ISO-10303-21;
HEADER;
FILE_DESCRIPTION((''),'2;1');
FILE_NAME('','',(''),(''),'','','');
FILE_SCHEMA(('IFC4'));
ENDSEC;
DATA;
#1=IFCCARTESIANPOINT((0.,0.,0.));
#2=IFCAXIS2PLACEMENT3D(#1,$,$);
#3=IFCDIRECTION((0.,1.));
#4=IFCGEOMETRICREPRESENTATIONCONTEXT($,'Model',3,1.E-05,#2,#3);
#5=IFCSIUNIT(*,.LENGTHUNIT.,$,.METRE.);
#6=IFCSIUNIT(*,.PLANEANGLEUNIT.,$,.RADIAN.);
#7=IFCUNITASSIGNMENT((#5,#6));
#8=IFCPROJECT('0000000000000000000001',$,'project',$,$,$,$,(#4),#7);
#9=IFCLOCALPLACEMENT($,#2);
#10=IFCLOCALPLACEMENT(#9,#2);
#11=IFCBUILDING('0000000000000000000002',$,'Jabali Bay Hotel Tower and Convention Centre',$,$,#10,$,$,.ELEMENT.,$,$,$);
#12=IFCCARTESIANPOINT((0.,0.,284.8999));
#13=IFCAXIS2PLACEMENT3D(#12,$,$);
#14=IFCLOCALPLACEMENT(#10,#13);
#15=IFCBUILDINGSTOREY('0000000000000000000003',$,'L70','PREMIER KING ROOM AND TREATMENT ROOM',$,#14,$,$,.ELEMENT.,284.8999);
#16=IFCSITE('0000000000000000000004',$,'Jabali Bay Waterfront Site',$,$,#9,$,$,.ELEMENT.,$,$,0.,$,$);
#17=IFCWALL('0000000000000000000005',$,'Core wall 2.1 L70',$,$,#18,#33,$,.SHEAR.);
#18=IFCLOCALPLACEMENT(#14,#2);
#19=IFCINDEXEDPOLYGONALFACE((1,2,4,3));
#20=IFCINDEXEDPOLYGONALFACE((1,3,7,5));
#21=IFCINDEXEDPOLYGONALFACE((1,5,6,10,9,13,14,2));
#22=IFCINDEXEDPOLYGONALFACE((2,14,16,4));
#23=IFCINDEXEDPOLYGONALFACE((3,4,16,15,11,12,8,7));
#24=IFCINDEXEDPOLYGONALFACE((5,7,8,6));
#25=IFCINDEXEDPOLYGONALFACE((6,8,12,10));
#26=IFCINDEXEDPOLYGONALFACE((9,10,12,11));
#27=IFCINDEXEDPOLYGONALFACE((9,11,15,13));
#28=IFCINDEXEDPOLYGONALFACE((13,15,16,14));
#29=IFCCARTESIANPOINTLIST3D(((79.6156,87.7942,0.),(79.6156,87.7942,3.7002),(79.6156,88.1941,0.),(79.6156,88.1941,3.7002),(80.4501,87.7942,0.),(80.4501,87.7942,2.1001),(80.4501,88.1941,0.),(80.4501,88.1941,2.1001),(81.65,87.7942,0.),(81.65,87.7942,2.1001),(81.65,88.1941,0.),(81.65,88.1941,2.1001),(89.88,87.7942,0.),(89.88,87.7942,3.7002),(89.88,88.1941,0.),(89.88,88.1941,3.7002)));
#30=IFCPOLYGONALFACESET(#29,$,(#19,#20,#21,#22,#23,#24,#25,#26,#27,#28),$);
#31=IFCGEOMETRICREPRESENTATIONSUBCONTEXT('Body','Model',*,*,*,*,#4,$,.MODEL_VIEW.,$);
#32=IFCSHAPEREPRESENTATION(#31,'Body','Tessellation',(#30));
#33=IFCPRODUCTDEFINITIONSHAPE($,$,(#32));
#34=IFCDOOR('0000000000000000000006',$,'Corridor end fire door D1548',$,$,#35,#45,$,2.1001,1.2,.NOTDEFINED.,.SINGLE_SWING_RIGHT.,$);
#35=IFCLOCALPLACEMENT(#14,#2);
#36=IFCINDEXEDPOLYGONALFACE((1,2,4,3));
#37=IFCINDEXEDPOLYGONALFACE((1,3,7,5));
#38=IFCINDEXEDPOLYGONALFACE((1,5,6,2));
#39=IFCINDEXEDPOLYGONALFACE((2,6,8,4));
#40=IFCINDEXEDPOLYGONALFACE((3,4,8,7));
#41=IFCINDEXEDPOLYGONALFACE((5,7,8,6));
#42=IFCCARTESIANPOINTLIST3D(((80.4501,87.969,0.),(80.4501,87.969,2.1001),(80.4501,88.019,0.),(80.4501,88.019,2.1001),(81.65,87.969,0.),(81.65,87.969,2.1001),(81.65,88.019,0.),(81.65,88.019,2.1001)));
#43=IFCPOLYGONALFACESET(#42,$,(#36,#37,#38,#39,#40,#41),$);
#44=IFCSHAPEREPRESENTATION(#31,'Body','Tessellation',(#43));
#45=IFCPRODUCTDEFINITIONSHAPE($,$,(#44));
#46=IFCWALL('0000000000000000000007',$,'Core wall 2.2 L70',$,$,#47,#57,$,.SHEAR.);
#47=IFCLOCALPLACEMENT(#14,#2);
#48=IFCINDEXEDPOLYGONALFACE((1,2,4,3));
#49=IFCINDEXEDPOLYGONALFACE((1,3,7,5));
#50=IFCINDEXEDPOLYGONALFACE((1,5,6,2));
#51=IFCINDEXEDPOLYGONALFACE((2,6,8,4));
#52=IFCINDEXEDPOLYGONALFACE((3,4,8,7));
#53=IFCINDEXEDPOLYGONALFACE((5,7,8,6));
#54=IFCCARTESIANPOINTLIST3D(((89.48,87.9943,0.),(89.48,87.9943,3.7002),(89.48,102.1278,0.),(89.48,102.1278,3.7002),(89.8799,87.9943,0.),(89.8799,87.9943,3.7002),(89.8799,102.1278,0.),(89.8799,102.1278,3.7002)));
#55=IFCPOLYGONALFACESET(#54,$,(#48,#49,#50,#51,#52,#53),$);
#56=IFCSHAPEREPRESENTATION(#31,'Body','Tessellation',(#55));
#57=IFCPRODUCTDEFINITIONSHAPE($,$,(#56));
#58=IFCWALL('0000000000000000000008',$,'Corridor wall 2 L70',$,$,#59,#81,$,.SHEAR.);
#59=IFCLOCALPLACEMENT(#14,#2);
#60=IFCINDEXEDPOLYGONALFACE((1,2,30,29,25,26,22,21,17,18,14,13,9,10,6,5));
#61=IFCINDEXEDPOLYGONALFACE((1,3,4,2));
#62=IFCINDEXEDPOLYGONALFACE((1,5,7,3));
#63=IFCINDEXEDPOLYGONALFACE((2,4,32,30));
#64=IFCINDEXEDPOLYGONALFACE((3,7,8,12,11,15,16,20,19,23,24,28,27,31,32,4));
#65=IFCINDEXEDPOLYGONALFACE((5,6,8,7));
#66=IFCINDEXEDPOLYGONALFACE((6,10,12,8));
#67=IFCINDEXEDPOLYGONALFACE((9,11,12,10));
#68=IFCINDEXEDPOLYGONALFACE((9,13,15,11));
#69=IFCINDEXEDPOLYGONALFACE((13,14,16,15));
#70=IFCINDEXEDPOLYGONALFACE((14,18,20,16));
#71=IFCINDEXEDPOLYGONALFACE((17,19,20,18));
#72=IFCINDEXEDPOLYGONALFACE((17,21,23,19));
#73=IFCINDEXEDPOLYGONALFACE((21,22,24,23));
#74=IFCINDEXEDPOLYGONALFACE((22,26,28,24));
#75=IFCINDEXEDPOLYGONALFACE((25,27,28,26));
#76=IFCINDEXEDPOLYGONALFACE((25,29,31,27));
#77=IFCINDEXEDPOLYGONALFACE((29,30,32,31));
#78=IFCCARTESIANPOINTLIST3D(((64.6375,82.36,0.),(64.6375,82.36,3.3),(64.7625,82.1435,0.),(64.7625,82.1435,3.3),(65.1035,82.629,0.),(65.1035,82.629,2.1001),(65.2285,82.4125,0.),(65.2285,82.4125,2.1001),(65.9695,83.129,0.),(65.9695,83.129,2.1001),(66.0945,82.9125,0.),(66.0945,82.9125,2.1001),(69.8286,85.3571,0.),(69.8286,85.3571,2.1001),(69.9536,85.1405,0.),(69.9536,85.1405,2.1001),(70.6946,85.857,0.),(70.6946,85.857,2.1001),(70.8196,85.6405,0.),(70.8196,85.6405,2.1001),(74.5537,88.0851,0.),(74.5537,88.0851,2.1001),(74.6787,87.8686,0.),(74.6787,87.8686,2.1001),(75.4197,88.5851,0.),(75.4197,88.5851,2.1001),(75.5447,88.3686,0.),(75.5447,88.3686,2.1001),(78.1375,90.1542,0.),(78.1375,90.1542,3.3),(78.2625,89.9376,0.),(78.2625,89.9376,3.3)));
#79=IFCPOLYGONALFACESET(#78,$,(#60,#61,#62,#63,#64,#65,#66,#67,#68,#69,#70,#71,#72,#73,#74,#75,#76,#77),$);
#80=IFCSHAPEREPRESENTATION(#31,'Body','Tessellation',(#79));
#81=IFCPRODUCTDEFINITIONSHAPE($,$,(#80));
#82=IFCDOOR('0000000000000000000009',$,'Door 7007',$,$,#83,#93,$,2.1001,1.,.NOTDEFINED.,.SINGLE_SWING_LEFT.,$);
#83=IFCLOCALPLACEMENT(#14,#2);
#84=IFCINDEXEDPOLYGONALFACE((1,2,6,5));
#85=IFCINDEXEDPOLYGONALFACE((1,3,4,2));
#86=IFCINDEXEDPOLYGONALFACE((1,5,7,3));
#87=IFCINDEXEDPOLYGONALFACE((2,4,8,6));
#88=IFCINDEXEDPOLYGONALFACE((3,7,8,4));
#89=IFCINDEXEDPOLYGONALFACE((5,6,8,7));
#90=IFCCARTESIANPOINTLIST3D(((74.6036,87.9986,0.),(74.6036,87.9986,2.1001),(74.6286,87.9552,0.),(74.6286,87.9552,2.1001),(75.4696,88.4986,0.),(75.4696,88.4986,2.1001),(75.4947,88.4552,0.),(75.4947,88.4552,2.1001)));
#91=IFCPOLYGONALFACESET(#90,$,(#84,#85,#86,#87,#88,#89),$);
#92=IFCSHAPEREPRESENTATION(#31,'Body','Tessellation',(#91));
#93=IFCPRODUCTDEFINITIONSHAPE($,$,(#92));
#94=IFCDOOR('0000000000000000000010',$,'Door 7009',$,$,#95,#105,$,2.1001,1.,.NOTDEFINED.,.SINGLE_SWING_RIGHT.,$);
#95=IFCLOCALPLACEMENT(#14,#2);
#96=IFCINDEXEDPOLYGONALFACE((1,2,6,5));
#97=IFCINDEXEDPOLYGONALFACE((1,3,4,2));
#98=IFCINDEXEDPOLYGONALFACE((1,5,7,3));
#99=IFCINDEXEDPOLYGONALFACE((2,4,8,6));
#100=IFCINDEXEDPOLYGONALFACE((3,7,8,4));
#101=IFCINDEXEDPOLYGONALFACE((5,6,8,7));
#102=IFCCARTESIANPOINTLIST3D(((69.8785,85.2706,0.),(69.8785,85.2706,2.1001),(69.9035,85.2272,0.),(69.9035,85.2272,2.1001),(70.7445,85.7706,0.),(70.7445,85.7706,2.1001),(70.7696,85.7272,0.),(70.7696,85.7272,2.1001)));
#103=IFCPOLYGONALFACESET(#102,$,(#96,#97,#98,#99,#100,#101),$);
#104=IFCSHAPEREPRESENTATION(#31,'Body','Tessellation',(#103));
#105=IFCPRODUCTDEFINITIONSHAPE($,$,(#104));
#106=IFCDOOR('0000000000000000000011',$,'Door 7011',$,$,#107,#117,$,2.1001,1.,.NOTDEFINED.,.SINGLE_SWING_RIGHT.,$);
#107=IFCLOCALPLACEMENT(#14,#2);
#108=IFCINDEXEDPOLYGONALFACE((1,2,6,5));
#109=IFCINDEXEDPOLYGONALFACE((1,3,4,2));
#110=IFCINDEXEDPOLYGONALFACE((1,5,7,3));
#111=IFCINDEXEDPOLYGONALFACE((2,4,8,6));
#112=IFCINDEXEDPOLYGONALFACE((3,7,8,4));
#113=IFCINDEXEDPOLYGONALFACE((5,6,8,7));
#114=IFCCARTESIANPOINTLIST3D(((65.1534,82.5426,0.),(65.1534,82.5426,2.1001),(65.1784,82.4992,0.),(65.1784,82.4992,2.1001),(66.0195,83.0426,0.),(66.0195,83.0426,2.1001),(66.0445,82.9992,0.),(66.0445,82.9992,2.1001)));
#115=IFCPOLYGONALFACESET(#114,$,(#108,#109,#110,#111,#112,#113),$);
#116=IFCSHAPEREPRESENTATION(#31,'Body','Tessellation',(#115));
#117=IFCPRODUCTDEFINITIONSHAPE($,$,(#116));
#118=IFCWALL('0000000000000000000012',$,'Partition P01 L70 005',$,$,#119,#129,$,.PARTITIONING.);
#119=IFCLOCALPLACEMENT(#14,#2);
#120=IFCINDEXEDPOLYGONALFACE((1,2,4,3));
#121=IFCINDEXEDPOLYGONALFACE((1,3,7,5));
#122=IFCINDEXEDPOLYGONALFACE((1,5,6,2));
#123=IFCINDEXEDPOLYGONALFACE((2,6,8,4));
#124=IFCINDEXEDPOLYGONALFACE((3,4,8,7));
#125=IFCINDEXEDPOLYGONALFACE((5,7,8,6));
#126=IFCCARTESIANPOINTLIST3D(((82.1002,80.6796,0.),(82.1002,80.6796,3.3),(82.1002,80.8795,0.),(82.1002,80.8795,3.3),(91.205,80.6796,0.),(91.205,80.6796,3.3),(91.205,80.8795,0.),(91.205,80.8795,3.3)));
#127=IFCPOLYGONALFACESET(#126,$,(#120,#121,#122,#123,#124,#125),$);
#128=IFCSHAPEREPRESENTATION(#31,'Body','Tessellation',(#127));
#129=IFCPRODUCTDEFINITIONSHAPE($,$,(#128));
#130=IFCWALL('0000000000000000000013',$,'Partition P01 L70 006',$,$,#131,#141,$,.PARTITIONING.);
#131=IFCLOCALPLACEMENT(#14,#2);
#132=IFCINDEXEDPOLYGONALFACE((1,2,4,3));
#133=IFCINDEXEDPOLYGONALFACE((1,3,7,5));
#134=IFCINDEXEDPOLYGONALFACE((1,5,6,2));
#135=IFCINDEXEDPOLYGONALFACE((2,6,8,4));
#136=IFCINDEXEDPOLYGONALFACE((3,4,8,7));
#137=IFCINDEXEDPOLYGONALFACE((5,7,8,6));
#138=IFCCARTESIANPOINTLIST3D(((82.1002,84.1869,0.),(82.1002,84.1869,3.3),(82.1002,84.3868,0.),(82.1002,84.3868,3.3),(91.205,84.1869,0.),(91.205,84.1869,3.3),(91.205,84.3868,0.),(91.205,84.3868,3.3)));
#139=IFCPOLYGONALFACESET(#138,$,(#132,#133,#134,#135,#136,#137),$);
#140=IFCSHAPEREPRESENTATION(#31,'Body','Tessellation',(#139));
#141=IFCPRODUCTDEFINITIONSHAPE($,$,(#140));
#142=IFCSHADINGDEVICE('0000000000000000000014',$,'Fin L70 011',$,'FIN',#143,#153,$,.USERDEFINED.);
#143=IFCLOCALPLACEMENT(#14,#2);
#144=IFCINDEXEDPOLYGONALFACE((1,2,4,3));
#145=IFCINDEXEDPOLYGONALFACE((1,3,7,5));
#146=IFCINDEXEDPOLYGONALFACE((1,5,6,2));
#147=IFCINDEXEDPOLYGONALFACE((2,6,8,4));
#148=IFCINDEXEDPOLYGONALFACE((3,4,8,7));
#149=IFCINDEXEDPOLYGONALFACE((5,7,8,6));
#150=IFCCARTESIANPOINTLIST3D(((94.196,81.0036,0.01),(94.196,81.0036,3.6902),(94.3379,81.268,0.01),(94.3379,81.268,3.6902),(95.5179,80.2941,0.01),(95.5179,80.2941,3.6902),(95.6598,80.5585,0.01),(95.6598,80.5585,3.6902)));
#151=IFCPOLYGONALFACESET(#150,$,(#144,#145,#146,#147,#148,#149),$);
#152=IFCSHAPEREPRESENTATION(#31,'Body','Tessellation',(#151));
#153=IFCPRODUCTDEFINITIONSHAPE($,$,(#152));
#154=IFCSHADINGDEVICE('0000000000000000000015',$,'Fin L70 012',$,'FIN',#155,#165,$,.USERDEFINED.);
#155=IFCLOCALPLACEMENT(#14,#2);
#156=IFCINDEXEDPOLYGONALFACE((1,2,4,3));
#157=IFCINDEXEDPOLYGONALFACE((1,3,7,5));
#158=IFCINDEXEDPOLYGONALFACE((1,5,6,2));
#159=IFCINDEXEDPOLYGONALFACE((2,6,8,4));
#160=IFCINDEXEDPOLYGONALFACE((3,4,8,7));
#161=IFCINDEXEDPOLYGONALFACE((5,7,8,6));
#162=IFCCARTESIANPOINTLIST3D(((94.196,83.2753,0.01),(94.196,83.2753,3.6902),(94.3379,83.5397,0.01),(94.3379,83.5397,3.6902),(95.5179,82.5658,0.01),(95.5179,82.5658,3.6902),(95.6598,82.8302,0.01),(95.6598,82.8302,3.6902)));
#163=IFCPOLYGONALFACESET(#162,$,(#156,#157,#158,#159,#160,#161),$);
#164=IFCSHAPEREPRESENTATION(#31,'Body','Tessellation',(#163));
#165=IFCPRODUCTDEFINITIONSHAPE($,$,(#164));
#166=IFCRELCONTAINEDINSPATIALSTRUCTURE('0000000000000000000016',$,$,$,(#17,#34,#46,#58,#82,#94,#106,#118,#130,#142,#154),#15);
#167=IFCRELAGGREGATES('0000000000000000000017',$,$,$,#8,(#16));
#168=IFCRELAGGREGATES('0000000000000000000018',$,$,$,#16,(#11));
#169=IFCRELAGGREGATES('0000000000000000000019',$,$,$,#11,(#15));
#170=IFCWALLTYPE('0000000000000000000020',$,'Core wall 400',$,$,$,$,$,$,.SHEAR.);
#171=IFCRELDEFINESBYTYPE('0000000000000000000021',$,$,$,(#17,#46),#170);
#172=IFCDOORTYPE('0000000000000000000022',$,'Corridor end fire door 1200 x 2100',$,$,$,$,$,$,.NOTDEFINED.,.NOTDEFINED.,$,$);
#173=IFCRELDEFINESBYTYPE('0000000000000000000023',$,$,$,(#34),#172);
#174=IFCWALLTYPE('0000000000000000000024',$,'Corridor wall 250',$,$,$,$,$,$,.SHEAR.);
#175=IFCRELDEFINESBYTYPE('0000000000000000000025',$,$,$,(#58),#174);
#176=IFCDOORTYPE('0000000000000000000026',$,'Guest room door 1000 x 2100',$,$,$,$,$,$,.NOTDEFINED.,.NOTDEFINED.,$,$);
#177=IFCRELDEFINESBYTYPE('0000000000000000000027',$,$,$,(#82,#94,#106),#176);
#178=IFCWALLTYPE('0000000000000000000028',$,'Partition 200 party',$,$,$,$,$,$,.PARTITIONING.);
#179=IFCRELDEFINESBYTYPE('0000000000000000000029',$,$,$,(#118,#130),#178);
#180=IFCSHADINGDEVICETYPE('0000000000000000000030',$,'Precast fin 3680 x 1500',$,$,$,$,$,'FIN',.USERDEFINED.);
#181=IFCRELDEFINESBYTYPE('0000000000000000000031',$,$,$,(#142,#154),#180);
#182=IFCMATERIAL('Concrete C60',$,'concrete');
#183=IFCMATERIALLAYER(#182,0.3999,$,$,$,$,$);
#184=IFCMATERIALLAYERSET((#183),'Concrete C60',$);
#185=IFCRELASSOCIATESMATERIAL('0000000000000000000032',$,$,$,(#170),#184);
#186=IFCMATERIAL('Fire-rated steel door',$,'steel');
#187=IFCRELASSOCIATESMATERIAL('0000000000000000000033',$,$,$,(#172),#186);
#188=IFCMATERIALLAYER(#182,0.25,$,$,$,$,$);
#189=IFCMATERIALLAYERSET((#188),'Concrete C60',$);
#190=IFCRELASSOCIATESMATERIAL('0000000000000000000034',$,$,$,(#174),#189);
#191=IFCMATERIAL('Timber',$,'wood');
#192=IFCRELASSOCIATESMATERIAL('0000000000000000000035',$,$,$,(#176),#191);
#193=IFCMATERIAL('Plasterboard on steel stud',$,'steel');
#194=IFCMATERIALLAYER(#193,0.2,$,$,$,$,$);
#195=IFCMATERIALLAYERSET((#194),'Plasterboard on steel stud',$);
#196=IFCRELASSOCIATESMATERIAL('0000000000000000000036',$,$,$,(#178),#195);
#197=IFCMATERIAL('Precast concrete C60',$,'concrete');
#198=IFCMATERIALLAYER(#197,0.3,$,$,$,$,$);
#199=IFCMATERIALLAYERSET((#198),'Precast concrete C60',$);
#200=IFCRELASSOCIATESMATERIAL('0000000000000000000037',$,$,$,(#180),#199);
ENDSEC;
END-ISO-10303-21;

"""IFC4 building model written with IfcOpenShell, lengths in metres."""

from ifc_helpers import new_model, si_unit, direction, frame, frame_2d, origin, place, context, subcontext, project, spatial, rectangle, extrude, material, layer, layer_set, type_object, element, fill, save


model = new_model("IFC4")

# Units and contexts
model_context = context("Model", 3, precision=1e-05, world=origin(), true_north=direction((0.0, 1.0)))
body_context = subcontext(model_context, "Body", "Model", "MODEL_VIEW")
ifc_project = project(units=[si_unit("LENGTHUNIT", "METRE"), si_unit("PLANEANGLEUNIT", "RADIAN")], contexts=[model_context])

# Site, building, storey
site_placement = place(None, origin())
site = spatial("IfcSite", under=ifc_project, at=site_placement, Name="Jabali Bay Waterfront Site", CompositionType="ELEMENT", RefElevation=0.0)
building_placement = place(site_placement, origin())
building = spatial("IfcBuilding", under=site, at=building_placement, Name="Jabali Bay Hotel Tower and Convention Centre", CompositionType="ELEMENT")
storey_placement = place(building_placement, frame((0.0, 0.0, 284.8999)))
storey = spatial("IfcBuildingStorey", under=building, at=storey_placement, Name="L70", Description="PREMIER KING ROOM AND TREATMENT ROOM", CompositionType="ELEMENT", Elevation=284.8999)

# Shared definitions
ifc_material_1 = material(Name="Concrete C60", Category="concrete")

# Shared definitions
ifc_material_2 = material(Name="Fire-rated steel door", Category="steel")

# Wall, opening, door
ifc_layer_1 = layer(ifc_material_1, 0.3999)
ifc_layer_set_1 = layer_set([ifc_layer_1], Name="Concrete C60")
wall_type_1 = type_object("IfcWallType", Name="Core wall 400", PredefinedType="SHEAR", material=ifc_layer_set_1)
wall_1_placement = place(storey_placement, frame((79.6155, 87.9941, 0.0), z_axis=(0.0, 0.0, 1.0), x_axis=(1.0, 0.0, 0.0)))
wall_1 = element("IfcWall", 1, at=wall_1_placement, inside=storey, type_object=wall_type_1, Name="Core wall 2.1 L70", PredefinedType="SHEAR", context=body_context, shape_type="SweptSolid", body=[
    extrude(rectangle(XDim=10.2644, YDim=0.3999, at=frame_2d((5.1323, 0.0))), origin(), (0.0, 0.0, 1.0), 3.7002),
])
opening_1_placement = place(wall_1_placement, frame((0.8345, 0.0, 0.0)))
opening_1 = element("IfcOpeningElement", 2, at=opening_1_placement, cuts=wall_1, PredefinedType="OPENING", context=body_context, shape_type="SweptSolid", body=[
    extrude(rectangle(XDim=1.2, YDim=2.1001, at=frame_2d((0.6001, 1.05))), frame((0.0, 0.2104, 0.0), z_axis=(0.0, -1.0, 0.0), x_axis=(1.0, 0.0, 0.0)), (0.0, 0.0, 1.0), 0.4209),
])
door_type_1 = type_object("IfcDoorType", Name="Corridor end fire door 1200 x 2100", OperationType="NOTDEFINED", PredefinedType="NOTDEFINED", material=ifc_material_2)
door_1_placement = place(opening_1_placement, origin())
door_1 = element("IfcDoor", 3, at=door_1_placement, inside=storey, type_object=door_type_1, Name="Corridor end fire door D1548", OperationType="SINGLE_SWING_RIGHT", OverallHeight=2.1001, OverallWidth=1.2, PredefinedType="NOTDEFINED", context=body_context, shape_type="SweptSolid", body=[
    extrude(rectangle(XDim=1.2, YDim=2.1001, at=frame_2d((0.6001, 1.05))), frame((0.0, 0.0249, 0.0), z_axis=(0.0, -1.0, 0.0), x_axis=(1.0, 0.0, 0.0)), (0.0, 0.0, 1.0), 0.05),
])
fill(opening_1, door_1)

# Wall
wall_2_placement = place(storey_placement, frame((89.6799, 87.9941, 0.0), z_axis=(0.0, 0.0, 1.0), x_axis=(0.0, 1.0, 0.0)))
element("IfcWall", 4, at=wall_2_placement, inside=storey, type_object=wall_type_1, Name="Core wall 2.2 L70", PredefinedType="SHEAR", context=body_context, shape_type="SweptSolid", body=[
    extrude(rectangle(XDim=14.1335, YDim=0.3999, at=frame_2d((7.0669, 0.0))), origin(), (0.0, 0.0, 1.0), 3.7002),
])

# Wall, openings, doors
ifc_layer_2 = layer(ifc_material_1, 0.25)
ifc_layer_set_2 = layer_set([ifc_layer_2], Name="Concrete C60")
wall_type_2 = type_object("IfcWallType", Name="Corridor wall 250", PredefinedType="SHEAR", material=ifc_layer_set_2)
wall_3_placement = place(storey_placement, frame((78.2, 90.0459, 0.0), z_axis=(0.0, 0.0, 1.0), x_axis=(-0.866026, -0.499998, 0.0)))
wall_3 = element("IfcWall", 5, at=wall_3_placement, inside=storey, type_object=wall_type_2, Name="Corridor wall 2 L70", PredefinedType="SHEAR", context=body_context, shape_type="SweptSolid", body=[
    extrude(rectangle(XDim=15.5884, YDim=0.25, at=frame_2d((7.7942, 0.0))), origin(), (0.0, 0.0, 1.0), 3.3),
])
opening_2_placement = place(wall_3_placement, frame((3.1382, 0.0, 0.0)))
opening_2 = element("IfcOpeningElement", 6, at=opening_2_placement, cuts=wall_3, PredefinedType="OPENING", context=body_context, shape_type="SweptSolid", body=[
    extrude(rectangle(XDim=1.0, YDim=2.1001, at=frame_2d((0.5, 1.05))), frame((0.0, 0.1355, 0.0), z_axis=(0.0, -1.0, 0.0), x_axis=(1.0, 0.0, 0.0)), (0.0, 0.0, 1.0), 0.271),
])
opening_3_placement = place(wall_3_placement, frame((8.5942, 0.0, 0.0)))
opening_3 = element("IfcOpeningElement", 7, at=opening_3_placement, cuts=wall_3, PredefinedType="OPENING", context=body_context, shape_type="SweptSolid", body=[
    extrude(rectangle(XDim=1.0, YDim=2.1001, at=frame_2d((0.5, 1.05))), frame((0.0, 0.1355, 0.0), z_axis=(0.0, -1.0, 0.0), x_axis=(1.0, 0.0, 0.0)), (0.0, 0.0, 1.0), 0.271),
])
opening_4_placement = place(wall_3_placement, frame((14.0503, 0.0, 0.0)))
opening_4 = element("IfcOpeningElement", 8, at=opening_4_placement, cuts=wall_3, PredefinedType="OPENING", context=body_context, shape_type="SweptSolid", body=[
    extrude(rectangle(XDim=1.0, YDim=2.1001, at=frame_2d((0.5, 1.05))), frame((0.0, 0.1355, 0.0), z_axis=(0.0, -1.0, 0.0), x_axis=(1.0, 0.0, 0.0)), (0.0, 0.0, 1.0), 0.271),
])
ifc_material_3 = material(Name="Timber", Category="wood")
door_type_2 = type_object("IfcDoorType", Name="Guest room door 1000 x 2100", OperationType="NOTDEFINED", PredefinedType="NOTDEFINED", material=ifc_material_3)
door_2_placement = place(opening_2_placement, origin())
door_2 = element("IfcDoor", 9, at=door_2_placement, inside=storey, type_object=door_type_2, Name="Door 7007", OperationType="SINGLE_SWING_LEFT", OverallHeight=2.1001, OverallWidth=1.0, PredefinedType="NOTDEFINED", context=body_context, shape_type="SweptSolid", body=[
    extrude(rectangle(XDim=1.0, YDim=2.1001, at=frame_2d((0.5, 1.05))), frame((0.0, 0.0249, 0.0), z_axis=(0.0, -1.0, 0.0), x_axis=(1.0, 0.0, 0.0)), (0.0, 0.0, 1.0), 0.05),
])
fill(opening_2, door_2)
door_3_placement = place(opening_3_placement, origin())
door_3 = element("IfcDoor", 10, at=door_3_placement, inside=storey, type_object=door_type_2, Name="Door 7009", OperationType="SINGLE_SWING_RIGHT", OverallHeight=2.1001, OverallWidth=1.0, PredefinedType="NOTDEFINED", context=body_context, shape_type="SweptSolid", body=[
    extrude(rectangle(XDim=1.0, YDim=2.1001, at=frame_2d((0.5, 1.05))), frame((0.0, 0.0249, 0.0), z_axis=(0.0, -1.0, 0.0), x_axis=(1.0, 0.0, 0.0)), (0.0, 0.0, 1.0), 0.05),
])
fill(opening_3, door_3)
door_4_placement = place(opening_4_placement, origin())
door_4 = element("IfcDoor", 11, at=door_4_placement, inside=storey, type_object=door_type_2, Name="Door 7011", OperationType="SINGLE_SWING_RIGHT", OverallHeight=2.1001, OverallWidth=1.0, PredefinedType="NOTDEFINED", context=body_context, shape_type="SweptSolid", body=[
    extrude(rectangle(XDim=1.0, YDim=2.1001, at=frame_2d((0.5, 1.05))), frame((0.0, 0.0249, 0.0), z_axis=(0.0, -1.0, 0.0), x_axis=(1.0, 0.0, 0.0)), (0.0, 0.0, 1.0), 0.05),
])
fill(opening_4, door_4)

# Walls
ifc_material_4 = material(Name="Plasterboard on steel stud", Category="steel")
ifc_layer_3 = layer(ifc_material_4, 0.2)
ifc_layer_set_3 = layer_set([ifc_layer_3], Name="Plasterboard on steel stud")
wall_type_3 = type_object("IfcWallType", Name="Partition 200 party", PredefinedType="PARTITIONING", material=ifc_layer_set_3)
for number, where, z_axis, x_axis, name in (
    (12, (91.2048, 80.7795, 0.0), (0.0, 0.0, 1.0), (-1.0, 0.0, 0.0), "Partition P01 L70 005"),
    (13, (91.2048, 84.2869, 0.0), (0.0, 0.0, 1.0), (-1.0, 0.0, 0.0), "Partition P01 L70 006"),
):
    element("IfcWall", number, at=place(storey_placement, frame(where, z_axis=z_axis, x_axis=x_axis)), inside=storey, type_object=wall_type_3, Name=name, PredefinedType="PARTITIONING", context=body_context, shape_type="SweptSolid", body=[
        extrude(rectangle(XDim=9.1047, YDim=0.2, at=frame_2d((4.5522, 0.0))), origin(), (0.0, 0.0, 1.0), 3.3),
    ])

# Shading devices
ifc_material_5 = material(Name="Precast concrete C60", Category="concrete")
ifc_layer_4 = layer(ifc_material_5, 0.3)
ifc_layer_set_4 = layer_set([ifc_layer_4], Name="Precast concrete C60")
shading_device_type = type_object("IfcShadingDeviceType", Name="Precast fin 3680 x 1500", ElementType="FIN", PredefinedType="USERDEFINED", material=ifc_layer_set_4)
for number, where, z_axis, x_axis, name in (
    (14, (94.2671, 81.1357, 0.01), (0.0, 0.0, 1.0), (0.881097, -0.472935, 0.0), "Fin L70 011"),
    (15, (94.2671, 83.4075, 0.01), (0.0, 0.0, 1.0), (0.881097, -0.472935, 0.0), "Fin L70 012"),
):
    element("IfcShadingDevice", number, at=place(storey_placement, frame(where, z_axis=z_axis, x_axis=x_axis)), inside=storey, type_object=shading_device_type, Name=name, ObjectType="FIN", PredefinedType="USERDEFINED", context=body_context, shape_type="SweptSolid", body=[
        extrude(rectangle(XDim=1.5002, YDim=0.3, at=frame_2d((0.75, 0.0))), origin(), (0.0, 0.0, 1.0), 3.6802),
    ])

save(model, "model.ifc")
